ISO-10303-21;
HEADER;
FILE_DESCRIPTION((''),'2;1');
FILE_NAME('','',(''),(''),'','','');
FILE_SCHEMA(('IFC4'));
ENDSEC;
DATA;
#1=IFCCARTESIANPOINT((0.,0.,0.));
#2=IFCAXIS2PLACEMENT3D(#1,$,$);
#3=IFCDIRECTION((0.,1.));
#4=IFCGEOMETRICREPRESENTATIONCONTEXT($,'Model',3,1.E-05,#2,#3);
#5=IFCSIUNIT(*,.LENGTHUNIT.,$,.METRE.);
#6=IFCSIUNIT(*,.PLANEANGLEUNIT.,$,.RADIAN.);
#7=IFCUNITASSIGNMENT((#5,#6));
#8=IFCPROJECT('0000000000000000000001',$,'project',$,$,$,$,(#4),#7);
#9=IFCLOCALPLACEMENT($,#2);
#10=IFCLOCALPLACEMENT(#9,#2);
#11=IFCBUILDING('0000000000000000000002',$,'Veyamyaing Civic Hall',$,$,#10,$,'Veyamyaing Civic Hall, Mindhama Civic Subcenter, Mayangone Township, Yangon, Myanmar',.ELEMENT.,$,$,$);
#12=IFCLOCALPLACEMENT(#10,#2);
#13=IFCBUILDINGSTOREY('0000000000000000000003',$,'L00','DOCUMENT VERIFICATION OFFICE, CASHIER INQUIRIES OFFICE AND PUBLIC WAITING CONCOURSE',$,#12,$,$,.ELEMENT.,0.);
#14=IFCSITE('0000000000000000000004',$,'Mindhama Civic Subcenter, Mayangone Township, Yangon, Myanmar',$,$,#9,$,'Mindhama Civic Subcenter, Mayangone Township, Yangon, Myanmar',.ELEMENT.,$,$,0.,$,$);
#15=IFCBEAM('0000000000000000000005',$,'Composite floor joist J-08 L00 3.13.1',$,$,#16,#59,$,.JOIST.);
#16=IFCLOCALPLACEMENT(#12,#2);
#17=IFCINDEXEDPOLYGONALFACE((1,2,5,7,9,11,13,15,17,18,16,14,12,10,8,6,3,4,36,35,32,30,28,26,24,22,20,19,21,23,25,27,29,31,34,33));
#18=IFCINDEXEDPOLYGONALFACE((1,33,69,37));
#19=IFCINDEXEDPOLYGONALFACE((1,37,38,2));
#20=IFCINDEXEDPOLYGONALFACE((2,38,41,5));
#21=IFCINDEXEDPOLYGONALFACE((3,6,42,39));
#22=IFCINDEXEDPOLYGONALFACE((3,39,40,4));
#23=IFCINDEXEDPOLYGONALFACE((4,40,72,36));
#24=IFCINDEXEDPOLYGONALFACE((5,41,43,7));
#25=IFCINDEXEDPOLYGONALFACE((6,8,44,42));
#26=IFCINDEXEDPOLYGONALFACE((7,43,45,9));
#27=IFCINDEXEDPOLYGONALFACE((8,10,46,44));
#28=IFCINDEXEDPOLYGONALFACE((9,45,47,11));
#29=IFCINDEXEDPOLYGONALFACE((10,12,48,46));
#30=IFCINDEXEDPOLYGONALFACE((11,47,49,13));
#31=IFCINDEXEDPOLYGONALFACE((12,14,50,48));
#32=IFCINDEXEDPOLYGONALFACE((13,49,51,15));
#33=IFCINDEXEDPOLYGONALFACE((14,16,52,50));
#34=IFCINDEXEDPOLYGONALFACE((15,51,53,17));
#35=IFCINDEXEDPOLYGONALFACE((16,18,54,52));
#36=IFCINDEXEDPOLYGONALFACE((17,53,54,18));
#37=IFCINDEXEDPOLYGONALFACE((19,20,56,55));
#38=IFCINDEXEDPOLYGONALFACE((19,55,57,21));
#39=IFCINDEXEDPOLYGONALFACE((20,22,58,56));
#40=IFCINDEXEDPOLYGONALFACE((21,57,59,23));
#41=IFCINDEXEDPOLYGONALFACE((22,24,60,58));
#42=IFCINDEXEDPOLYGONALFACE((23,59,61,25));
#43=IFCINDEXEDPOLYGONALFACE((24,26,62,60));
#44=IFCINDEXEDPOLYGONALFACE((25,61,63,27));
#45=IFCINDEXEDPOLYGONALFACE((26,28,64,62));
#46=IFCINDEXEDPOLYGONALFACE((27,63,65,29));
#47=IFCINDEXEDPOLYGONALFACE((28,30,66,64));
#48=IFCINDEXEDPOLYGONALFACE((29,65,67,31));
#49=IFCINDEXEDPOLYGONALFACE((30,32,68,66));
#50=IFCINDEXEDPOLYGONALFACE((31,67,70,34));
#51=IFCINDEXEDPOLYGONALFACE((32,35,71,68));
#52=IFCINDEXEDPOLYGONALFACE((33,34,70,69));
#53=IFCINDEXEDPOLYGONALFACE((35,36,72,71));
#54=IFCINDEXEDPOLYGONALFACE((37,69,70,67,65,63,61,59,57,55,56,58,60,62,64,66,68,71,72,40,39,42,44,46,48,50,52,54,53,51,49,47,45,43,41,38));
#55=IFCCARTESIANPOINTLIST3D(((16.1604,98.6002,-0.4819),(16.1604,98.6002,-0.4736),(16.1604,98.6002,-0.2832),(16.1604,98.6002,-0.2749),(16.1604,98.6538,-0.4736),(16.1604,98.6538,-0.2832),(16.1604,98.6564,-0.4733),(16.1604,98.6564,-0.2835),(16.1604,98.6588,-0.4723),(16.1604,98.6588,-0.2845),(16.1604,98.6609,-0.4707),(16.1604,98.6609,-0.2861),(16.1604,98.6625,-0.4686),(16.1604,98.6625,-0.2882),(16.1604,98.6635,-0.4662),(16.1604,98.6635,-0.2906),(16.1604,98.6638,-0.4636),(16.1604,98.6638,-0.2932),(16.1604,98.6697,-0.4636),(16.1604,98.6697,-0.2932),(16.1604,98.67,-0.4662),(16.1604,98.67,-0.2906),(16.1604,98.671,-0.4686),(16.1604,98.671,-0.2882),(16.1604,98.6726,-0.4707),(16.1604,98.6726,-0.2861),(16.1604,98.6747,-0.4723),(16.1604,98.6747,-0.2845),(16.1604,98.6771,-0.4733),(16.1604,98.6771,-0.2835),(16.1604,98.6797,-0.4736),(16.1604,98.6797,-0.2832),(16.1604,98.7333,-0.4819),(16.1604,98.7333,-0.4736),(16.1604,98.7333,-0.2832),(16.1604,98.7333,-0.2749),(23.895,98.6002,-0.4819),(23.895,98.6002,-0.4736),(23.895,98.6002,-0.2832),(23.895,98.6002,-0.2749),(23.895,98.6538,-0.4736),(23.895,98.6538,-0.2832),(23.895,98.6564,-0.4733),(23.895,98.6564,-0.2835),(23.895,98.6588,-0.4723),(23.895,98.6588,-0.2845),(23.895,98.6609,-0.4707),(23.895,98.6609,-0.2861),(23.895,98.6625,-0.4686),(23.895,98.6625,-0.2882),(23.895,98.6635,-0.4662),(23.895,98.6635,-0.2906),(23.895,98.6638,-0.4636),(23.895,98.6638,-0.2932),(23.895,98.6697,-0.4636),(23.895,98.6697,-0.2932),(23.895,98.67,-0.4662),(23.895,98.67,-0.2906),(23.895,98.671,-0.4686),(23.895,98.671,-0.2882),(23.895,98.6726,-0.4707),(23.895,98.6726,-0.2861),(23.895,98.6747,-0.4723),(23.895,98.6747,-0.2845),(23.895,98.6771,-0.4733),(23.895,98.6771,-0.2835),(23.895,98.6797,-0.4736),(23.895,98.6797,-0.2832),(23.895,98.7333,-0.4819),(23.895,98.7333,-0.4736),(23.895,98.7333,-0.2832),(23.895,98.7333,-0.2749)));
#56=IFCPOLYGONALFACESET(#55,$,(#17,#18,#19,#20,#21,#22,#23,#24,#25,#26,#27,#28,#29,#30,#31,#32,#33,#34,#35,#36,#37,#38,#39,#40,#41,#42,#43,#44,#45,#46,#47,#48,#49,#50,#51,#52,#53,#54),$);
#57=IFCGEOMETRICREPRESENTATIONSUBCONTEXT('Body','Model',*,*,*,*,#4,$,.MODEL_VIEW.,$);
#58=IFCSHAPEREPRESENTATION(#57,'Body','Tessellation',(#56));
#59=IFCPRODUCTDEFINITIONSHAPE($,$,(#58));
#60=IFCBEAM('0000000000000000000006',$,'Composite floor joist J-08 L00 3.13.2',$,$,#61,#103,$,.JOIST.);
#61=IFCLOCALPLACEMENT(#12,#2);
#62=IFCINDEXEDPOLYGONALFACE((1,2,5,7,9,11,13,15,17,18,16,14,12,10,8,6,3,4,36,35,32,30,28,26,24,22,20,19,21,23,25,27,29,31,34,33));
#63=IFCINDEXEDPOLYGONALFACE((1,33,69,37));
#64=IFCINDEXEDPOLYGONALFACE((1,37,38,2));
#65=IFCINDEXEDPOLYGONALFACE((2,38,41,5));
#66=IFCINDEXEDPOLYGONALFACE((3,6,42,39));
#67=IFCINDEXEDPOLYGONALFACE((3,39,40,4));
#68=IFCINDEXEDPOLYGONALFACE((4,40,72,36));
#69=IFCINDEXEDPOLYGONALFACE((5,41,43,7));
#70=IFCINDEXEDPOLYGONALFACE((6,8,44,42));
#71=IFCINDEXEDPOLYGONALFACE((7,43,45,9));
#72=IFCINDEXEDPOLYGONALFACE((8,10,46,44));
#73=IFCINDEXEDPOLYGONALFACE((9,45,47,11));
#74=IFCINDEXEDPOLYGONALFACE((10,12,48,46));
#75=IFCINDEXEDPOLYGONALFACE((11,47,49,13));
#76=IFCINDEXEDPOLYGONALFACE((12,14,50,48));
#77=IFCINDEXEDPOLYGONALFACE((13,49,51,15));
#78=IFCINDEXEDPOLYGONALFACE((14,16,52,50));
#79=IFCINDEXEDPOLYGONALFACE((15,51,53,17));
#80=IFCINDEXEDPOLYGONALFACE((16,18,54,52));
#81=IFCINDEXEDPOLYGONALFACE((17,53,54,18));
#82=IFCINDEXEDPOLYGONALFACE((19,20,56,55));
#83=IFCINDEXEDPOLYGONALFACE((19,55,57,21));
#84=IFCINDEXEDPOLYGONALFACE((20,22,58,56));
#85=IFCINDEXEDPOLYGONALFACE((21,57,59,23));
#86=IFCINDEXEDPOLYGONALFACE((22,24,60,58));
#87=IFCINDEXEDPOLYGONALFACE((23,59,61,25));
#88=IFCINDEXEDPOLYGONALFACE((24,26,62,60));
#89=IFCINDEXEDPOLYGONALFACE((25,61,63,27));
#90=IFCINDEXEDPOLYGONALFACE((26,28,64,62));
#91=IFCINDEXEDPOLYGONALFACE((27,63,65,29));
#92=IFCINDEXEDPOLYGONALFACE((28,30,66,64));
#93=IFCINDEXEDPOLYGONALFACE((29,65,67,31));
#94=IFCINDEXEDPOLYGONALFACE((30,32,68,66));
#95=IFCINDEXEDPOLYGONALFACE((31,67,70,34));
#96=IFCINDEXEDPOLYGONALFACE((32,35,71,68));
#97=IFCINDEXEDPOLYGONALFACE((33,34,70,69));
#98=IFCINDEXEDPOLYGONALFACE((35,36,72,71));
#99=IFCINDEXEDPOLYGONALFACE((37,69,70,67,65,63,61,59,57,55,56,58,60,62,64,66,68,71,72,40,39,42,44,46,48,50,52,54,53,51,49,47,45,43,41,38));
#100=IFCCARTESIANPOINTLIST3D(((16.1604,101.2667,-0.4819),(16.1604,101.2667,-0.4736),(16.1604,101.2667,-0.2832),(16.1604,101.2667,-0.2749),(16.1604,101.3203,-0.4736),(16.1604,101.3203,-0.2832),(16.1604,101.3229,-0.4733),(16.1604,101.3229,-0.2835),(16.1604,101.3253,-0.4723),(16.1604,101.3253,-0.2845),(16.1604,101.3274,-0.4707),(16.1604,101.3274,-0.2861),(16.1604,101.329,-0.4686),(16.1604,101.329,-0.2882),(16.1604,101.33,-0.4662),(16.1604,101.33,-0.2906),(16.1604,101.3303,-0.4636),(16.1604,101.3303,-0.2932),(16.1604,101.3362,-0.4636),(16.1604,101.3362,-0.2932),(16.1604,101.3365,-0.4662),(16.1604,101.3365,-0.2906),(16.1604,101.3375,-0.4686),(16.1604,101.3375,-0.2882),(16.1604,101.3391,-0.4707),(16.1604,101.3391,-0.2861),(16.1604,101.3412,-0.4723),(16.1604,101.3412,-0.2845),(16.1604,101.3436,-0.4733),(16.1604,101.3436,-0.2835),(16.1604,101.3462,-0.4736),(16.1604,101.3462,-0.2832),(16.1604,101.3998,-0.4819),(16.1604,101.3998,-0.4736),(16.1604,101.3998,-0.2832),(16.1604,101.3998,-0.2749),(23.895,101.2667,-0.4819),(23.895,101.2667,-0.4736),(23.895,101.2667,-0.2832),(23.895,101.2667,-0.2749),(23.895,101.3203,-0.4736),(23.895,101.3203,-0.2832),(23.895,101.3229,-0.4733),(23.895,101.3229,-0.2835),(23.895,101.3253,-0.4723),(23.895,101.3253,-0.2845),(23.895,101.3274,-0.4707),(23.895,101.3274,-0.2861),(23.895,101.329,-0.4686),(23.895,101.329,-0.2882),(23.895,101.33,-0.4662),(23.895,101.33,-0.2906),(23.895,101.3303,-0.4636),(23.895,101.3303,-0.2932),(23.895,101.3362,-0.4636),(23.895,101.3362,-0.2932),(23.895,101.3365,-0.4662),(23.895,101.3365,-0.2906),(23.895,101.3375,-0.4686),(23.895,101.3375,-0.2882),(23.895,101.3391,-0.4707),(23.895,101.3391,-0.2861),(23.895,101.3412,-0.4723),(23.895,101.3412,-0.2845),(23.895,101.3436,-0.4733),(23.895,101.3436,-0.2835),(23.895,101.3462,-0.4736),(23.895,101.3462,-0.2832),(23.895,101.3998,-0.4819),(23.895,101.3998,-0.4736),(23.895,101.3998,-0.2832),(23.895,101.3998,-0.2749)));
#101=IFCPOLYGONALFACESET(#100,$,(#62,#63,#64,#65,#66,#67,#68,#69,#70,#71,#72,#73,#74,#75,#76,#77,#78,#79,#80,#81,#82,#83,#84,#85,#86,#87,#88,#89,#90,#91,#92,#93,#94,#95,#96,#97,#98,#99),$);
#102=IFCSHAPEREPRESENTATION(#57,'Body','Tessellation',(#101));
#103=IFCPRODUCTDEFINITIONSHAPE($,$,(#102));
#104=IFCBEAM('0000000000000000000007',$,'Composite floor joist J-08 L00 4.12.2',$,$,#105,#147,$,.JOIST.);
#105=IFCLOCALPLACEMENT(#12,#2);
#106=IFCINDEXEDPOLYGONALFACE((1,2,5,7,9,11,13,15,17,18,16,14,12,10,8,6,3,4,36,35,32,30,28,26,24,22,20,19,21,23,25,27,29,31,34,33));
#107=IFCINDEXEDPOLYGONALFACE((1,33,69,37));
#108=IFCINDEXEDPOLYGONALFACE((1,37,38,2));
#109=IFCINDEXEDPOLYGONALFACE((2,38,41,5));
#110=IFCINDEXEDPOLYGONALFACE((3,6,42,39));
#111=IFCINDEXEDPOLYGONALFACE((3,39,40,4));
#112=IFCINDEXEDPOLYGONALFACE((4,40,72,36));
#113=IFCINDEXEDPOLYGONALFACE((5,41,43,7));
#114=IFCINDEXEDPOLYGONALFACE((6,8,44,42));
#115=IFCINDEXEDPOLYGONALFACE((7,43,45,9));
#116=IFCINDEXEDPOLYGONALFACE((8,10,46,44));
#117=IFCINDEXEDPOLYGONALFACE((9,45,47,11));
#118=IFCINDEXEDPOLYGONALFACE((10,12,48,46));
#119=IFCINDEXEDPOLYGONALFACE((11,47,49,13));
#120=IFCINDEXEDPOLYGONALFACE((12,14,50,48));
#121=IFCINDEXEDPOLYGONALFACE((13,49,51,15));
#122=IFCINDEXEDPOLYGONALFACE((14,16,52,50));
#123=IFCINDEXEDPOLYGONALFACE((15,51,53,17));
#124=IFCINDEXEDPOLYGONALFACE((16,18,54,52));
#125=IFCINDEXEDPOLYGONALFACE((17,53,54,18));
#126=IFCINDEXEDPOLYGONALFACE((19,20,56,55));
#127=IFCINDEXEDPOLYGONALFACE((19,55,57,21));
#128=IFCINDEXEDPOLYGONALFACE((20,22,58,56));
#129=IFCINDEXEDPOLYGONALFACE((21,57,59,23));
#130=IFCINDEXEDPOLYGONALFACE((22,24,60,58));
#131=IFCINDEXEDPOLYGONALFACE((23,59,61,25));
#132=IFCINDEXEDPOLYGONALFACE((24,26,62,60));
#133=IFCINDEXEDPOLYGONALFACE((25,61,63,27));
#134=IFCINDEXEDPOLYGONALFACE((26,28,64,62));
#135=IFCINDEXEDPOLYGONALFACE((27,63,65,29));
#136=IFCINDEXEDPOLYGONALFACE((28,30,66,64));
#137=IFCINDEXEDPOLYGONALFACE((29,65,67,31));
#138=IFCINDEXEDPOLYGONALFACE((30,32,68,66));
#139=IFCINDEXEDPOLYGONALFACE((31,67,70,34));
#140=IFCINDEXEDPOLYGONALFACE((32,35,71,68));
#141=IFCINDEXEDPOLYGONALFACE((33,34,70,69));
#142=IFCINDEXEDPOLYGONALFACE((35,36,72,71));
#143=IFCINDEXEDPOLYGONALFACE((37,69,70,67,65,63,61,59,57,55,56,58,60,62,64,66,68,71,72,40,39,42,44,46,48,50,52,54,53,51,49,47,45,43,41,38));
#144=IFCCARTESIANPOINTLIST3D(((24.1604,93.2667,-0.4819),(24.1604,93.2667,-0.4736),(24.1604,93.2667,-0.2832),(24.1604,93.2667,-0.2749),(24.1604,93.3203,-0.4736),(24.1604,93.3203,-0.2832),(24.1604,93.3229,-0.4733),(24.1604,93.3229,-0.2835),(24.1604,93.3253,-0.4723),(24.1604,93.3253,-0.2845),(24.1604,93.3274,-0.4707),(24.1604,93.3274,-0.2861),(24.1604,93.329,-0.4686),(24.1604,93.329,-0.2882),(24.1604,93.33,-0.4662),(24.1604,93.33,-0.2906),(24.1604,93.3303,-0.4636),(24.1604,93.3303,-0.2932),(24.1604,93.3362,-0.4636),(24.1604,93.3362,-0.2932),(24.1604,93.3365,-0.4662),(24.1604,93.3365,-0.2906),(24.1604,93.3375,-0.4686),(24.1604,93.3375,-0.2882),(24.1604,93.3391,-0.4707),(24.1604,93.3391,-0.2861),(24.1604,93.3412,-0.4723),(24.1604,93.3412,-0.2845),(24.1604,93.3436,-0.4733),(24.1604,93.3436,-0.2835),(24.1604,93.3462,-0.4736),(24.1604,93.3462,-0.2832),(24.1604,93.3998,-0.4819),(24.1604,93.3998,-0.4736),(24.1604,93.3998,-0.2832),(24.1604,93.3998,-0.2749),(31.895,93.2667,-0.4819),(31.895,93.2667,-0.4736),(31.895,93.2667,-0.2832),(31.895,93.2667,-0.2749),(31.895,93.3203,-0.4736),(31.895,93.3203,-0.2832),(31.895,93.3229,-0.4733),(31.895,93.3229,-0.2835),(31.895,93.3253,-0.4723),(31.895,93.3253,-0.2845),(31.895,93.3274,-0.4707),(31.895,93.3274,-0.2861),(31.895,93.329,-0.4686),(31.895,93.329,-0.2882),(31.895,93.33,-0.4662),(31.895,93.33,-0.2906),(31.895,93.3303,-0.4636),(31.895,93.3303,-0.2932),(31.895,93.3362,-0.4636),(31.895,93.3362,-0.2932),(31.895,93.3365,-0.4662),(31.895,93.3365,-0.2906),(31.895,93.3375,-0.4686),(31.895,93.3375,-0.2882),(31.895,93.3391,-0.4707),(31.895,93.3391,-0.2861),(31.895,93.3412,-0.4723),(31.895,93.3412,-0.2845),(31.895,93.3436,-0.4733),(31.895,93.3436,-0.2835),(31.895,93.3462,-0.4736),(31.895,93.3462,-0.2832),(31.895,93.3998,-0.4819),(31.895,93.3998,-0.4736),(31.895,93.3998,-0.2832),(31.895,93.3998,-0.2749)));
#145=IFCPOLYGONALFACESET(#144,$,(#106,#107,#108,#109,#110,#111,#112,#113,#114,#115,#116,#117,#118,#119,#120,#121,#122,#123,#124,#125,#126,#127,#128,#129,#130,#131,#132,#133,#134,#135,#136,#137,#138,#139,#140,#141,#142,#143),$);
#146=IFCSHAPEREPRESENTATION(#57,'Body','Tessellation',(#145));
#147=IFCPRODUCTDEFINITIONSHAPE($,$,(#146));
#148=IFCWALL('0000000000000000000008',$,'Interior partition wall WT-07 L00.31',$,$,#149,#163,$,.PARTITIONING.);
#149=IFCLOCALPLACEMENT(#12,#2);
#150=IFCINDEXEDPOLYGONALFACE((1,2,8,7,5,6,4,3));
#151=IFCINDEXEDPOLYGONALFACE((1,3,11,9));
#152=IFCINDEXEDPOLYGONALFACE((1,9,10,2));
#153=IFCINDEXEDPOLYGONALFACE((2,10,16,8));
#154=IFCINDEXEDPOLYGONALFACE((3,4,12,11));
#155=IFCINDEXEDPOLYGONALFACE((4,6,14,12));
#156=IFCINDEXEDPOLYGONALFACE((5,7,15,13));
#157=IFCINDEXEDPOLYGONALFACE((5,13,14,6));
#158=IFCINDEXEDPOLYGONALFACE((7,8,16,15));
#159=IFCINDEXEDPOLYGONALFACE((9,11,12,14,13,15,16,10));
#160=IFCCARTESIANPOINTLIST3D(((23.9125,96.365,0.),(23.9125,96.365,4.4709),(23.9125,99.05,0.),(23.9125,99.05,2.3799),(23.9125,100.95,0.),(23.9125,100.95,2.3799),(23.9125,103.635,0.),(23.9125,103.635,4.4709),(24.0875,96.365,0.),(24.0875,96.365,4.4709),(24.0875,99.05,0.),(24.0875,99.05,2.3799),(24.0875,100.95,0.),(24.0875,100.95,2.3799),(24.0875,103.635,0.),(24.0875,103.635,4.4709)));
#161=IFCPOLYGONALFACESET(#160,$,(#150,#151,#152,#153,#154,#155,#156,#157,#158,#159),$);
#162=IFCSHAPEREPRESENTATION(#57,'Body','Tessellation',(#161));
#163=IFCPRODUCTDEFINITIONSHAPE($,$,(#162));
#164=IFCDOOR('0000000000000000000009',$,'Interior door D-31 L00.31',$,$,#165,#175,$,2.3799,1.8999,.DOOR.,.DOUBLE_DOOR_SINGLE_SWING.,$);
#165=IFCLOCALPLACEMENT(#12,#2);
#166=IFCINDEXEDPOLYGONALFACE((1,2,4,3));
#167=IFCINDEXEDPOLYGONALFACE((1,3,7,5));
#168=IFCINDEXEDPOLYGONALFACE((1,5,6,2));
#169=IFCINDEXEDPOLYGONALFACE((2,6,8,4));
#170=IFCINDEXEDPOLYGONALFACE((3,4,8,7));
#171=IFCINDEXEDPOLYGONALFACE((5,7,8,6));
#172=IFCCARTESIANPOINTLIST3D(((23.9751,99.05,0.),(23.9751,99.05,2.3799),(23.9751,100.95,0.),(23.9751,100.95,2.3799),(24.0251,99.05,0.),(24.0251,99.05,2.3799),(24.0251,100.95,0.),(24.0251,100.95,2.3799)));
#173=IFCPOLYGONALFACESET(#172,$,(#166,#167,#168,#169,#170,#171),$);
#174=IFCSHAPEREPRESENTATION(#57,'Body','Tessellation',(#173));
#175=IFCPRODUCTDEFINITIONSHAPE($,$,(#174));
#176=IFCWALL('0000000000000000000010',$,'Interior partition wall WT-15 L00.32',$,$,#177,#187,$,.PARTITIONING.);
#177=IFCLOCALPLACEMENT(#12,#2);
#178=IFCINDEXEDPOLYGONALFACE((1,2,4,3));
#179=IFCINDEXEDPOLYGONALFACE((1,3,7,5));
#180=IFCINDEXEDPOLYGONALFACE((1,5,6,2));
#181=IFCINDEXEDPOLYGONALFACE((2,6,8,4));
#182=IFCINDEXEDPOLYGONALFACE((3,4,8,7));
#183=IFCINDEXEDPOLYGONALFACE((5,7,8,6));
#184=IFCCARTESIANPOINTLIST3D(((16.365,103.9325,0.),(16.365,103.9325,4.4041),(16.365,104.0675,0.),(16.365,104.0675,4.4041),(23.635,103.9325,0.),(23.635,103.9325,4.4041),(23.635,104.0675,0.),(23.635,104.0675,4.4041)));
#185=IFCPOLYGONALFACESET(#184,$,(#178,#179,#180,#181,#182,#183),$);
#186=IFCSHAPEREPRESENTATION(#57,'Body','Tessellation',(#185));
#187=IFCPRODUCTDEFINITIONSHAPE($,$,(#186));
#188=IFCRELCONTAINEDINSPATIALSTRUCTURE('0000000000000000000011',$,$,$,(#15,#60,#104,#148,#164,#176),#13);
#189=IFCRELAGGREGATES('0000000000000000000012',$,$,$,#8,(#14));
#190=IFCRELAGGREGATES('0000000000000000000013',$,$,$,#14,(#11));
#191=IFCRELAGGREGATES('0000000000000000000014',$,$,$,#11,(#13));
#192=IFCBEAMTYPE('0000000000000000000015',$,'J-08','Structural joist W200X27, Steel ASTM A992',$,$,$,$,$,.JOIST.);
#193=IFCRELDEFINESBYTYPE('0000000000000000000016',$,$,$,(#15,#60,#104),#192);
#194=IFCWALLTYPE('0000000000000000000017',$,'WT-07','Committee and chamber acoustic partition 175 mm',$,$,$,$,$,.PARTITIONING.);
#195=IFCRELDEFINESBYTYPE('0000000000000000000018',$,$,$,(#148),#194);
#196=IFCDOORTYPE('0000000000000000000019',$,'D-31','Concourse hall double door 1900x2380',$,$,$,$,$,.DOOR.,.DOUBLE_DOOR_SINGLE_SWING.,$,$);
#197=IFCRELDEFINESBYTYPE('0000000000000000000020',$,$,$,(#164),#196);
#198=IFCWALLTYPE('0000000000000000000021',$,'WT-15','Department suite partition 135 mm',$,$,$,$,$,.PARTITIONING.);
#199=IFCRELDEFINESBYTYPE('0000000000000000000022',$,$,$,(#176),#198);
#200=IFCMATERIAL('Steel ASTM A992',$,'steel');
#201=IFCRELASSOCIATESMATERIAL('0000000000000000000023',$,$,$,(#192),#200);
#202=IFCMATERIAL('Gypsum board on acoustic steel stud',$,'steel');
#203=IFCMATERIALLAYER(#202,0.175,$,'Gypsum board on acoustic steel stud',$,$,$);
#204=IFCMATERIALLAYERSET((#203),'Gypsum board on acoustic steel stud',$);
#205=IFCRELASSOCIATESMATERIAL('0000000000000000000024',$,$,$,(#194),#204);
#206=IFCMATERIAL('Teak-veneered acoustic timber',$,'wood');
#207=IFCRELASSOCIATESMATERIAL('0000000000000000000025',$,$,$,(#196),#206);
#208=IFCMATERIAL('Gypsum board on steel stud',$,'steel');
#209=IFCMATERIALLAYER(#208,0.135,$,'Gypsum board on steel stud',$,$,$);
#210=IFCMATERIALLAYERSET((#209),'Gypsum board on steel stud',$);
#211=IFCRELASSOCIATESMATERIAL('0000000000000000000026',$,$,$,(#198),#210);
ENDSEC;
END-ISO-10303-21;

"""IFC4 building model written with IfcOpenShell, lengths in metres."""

from ifc_helpers import new_model, si_unit, direction, frame, frame_2d, origin, origin_2d, place, context, subcontext, project, spatial, rectangle, i_section, extrude, material, layer, layer_set, material_profile, profile_set, type_object, element, fill, save


model = new_model("IFC4")

# Units and contexts
model_context = context("Model", 3, precision=1e-05, world=origin(), true_north=direction((0.0, 1.0)))
body_context = subcontext(model_context, "Body", "Model", "MODEL_VIEW")
ifc_project = project(units=[si_unit("LENGTHUNIT", "METRE"), si_unit("PLANEANGLEUNIT", "RADIAN")], contexts=[model_context])

# Site, building, storey
site_placement = place(None, origin())
site = spatial("IfcSite", under=ifc_project, at=site_placement, Name="Mindhama Civic Subcenter, Mayangone Township, Yangon, Myanmar", LongName="Mindhama Civic Subcenter, Mayangone Township, Yangon, Myanmar", CompositionType="ELEMENT", RefElevation=0.0)
building_placement = place(site_placement, origin())
building = spatial("IfcBuilding", under=site, at=building_placement, Name="Veyamyaing Civic Hall", LongName="Veyamyaing Civic Hall, Mindhama Civic Subcenter, Mayangone Township, Yangon, Myanmar", CompositionType="ELEMENT")
storey_placement = place(building_placement, origin())
storey = spatial("IfcBuildingStorey", under=building, at=storey_placement, Name="L00", Description="DOCUMENT VERIFICATION OFFICE, CASHIER INQUIRIES OFFICE AND PUBLIC WAITING CONCOURSE", CompositionType="ELEMENT", Elevation=0.0)

# Beams
ifc_material_1 = material(Name="Steel ASTM A992", Category="steel")
ifc_material_profile_1 = material_profile(ifc_material_1, i_section(OverallWidth=0.1331, OverallDepth=0.207, WebThickness=0.0059, FlangeThickness=0.0083, FilletRadius=0.01, at=origin_2d()), Name="W200X27")
ifc_profile_set_1 = profile_set([ifc_material_profile_1], Name="Steel ASTM A992")
beam_type_1 = type_object("IfcBeamType", Name="J-08", Description="Structural joist W200X27, Steel ASTM A992", PredefinedType="JOIST", material=ifc_profile_set_1)
for number, where, z_axis, x_axis, name in (
    (1, (16.1604, 98.6667, -0.3784), (1.0, 0.0, 0.0), (0.0, 1.0, 0.0), "Composite floor joist J-08 L00 3.13.1"),
    (2, (16.1604, 101.3333, -0.3784), (1.0, 0.0, 0.0), (0.0, 1.0, 0.0), "Composite floor joist J-08 L00 3.13.2"),
    (3, (24.1604, 93.3333, -0.3784), (1.0, 0.0, 0.0), (0.0, 1.0, 0.0), "Composite floor joist J-08 L00 4.12.2"),
):
    element("IfcBeam", number, at=place(storey_placement, frame(where, z_axis=z_axis, x_axis=x_axis)), inside=storey, type_object=beam_type_1, Name=name, PredefinedType="JOIST", context=body_context, shape_type="SweptSolid", body=[
        extrude(i_section(OverallWidth=0.1331, OverallDepth=0.207, WebThickness=0.0059, FlangeThickness=0.0083, FilletRadius=0.01, at=origin_2d()), origin(), (0.0, 0.0, 1.0), 7.7346),
    ])

# Wall, opening, door
ifc_material_2 = material(Name="Gypsum board on acoustic steel stud", Category="steel")
ifc_layer_1 = layer(ifc_material_2, 0.175, Name="Gypsum board on acoustic steel stud")
ifc_layer_set_1 = layer_set([ifc_layer_1], Name="Gypsum board on acoustic steel stud")
wall_type_1 = type_object("IfcWallType", Name="WT-07", Description="Committee and chamber acoustic partition 175 mm", PredefinedType="PARTITIONING", material=ifc_layer_set_1)
wall_1_placement = place(storey_placement, frame((24.0, 96.365, 0.0), z_axis=(0.0, 0.0, 1.0), x_axis=(0.0, 1.0, 0.0)))
wall_1 = element("IfcWall", 4, at=wall_1_placement, inside=storey, type_object=wall_type_1, Name="Interior partition wall WT-07 L00.31", PredefinedType="PARTITIONING", context=body_context, shape_type="SweptSolid", body=[
    extrude(rectangle(XDim=7.27, YDim=0.175, at=frame_2d((3.635, 0.0))), origin(), (0.0, 0.0, 1.0), 4.4709),
])
opening_1_placement = place(wall_1_placement, frame((2.6851, 0.0, 0.0)))
opening_1 = element("IfcOpeningElement", 5, at=opening_1_placement, cuts=wall_1, PredefinedType="OPENING", context=body_context, shape_type="SweptSolid", body=[
    extrude(rectangle(XDim=1.8999, YDim=2.3799, at=frame_2d((0.95, 1.1899))), frame((0.0, 0.0974, 0.0), z_axis=(0.0, -1.0, 0.0), x_axis=(1.0, 0.0, 0.0)), (0.0, 0.0, 1.0), 0.1951),
])
ifc_material_3 = material(Name="Teak-veneered acoustic timber", Category="wood")
door_type_1 = type_object("IfcDoorType", Name="D-31", Description="Concourse hall double door 1900x2380", OperationType="DOUBLE_DOOR_SINGLE_SWING", PredefinedType="DOOR", material=ifc_material_3)
door_1_placement = place(opening_1_placement, origin())
door_1 = element("IfcDoor", 6, at=door_1_placement, inside=storey, type_object=door_type_1, Name="Interior door D-31 L00.31", OperationType="DOUBLE_DOOR_SINGLE_SWING", OverallHeight=2.3799, OverallWidth=1.8999, PredefinedType="DOOR", context=body_context, shape_type="SweptSolid", body=[
    extrude(rectangle(XDim=1.8999, YDim=2.3799, at=frame_2d((0.95, 1.1899))), frame((0.0, 0.0249, 0.0), z_axis=(0.0, -1.0, 0.0), x_axis=(1.0, 0.0, 0.0)), (0.0, 0.0, 1.0), 0.05),
])
fill(opening_1, door_1)

# Wall
ifc_material_4 = material(Name="Gypsum board on steel stud", Category="steel")
ifc_layer_2 = layer(ifc_material_4, 0.135, Name="Gypsum board on steel stud")
ifc_layer_set_2 = layer_set([ifc_layer_2], Name="Gypsum board on steel stud")
wall_type_2 = type_object("IfcWallType", Name="WT-15", Description="Department suite partition 135 mm", PredefinedType="PARTITIONING", material=ifc_layer_set_2)
wall_2_placement = place(storey_placement, frame((16.365, 104.0, 0.0), z_axis=(0.0, 0.0, 1.0), x_axis=(1.0, 0.0, 0.0)))
element("IfcWall", 7, at=wall_2_placement, inside=storey, type_object=wall_type_2, Name="Interior partition wall WT-15 L00.32", PredefinedType="PARTITIONING", context=body_context, shape_type="SweptSolid", body=[
    extrude(rectangle(XDim=7.27, YDim=0.135, at=frame_2d((3.635, 0.0))), origin(), (0.0, 0.0, 1.0), 4.4041),
])

save(model, "model.ifc")
